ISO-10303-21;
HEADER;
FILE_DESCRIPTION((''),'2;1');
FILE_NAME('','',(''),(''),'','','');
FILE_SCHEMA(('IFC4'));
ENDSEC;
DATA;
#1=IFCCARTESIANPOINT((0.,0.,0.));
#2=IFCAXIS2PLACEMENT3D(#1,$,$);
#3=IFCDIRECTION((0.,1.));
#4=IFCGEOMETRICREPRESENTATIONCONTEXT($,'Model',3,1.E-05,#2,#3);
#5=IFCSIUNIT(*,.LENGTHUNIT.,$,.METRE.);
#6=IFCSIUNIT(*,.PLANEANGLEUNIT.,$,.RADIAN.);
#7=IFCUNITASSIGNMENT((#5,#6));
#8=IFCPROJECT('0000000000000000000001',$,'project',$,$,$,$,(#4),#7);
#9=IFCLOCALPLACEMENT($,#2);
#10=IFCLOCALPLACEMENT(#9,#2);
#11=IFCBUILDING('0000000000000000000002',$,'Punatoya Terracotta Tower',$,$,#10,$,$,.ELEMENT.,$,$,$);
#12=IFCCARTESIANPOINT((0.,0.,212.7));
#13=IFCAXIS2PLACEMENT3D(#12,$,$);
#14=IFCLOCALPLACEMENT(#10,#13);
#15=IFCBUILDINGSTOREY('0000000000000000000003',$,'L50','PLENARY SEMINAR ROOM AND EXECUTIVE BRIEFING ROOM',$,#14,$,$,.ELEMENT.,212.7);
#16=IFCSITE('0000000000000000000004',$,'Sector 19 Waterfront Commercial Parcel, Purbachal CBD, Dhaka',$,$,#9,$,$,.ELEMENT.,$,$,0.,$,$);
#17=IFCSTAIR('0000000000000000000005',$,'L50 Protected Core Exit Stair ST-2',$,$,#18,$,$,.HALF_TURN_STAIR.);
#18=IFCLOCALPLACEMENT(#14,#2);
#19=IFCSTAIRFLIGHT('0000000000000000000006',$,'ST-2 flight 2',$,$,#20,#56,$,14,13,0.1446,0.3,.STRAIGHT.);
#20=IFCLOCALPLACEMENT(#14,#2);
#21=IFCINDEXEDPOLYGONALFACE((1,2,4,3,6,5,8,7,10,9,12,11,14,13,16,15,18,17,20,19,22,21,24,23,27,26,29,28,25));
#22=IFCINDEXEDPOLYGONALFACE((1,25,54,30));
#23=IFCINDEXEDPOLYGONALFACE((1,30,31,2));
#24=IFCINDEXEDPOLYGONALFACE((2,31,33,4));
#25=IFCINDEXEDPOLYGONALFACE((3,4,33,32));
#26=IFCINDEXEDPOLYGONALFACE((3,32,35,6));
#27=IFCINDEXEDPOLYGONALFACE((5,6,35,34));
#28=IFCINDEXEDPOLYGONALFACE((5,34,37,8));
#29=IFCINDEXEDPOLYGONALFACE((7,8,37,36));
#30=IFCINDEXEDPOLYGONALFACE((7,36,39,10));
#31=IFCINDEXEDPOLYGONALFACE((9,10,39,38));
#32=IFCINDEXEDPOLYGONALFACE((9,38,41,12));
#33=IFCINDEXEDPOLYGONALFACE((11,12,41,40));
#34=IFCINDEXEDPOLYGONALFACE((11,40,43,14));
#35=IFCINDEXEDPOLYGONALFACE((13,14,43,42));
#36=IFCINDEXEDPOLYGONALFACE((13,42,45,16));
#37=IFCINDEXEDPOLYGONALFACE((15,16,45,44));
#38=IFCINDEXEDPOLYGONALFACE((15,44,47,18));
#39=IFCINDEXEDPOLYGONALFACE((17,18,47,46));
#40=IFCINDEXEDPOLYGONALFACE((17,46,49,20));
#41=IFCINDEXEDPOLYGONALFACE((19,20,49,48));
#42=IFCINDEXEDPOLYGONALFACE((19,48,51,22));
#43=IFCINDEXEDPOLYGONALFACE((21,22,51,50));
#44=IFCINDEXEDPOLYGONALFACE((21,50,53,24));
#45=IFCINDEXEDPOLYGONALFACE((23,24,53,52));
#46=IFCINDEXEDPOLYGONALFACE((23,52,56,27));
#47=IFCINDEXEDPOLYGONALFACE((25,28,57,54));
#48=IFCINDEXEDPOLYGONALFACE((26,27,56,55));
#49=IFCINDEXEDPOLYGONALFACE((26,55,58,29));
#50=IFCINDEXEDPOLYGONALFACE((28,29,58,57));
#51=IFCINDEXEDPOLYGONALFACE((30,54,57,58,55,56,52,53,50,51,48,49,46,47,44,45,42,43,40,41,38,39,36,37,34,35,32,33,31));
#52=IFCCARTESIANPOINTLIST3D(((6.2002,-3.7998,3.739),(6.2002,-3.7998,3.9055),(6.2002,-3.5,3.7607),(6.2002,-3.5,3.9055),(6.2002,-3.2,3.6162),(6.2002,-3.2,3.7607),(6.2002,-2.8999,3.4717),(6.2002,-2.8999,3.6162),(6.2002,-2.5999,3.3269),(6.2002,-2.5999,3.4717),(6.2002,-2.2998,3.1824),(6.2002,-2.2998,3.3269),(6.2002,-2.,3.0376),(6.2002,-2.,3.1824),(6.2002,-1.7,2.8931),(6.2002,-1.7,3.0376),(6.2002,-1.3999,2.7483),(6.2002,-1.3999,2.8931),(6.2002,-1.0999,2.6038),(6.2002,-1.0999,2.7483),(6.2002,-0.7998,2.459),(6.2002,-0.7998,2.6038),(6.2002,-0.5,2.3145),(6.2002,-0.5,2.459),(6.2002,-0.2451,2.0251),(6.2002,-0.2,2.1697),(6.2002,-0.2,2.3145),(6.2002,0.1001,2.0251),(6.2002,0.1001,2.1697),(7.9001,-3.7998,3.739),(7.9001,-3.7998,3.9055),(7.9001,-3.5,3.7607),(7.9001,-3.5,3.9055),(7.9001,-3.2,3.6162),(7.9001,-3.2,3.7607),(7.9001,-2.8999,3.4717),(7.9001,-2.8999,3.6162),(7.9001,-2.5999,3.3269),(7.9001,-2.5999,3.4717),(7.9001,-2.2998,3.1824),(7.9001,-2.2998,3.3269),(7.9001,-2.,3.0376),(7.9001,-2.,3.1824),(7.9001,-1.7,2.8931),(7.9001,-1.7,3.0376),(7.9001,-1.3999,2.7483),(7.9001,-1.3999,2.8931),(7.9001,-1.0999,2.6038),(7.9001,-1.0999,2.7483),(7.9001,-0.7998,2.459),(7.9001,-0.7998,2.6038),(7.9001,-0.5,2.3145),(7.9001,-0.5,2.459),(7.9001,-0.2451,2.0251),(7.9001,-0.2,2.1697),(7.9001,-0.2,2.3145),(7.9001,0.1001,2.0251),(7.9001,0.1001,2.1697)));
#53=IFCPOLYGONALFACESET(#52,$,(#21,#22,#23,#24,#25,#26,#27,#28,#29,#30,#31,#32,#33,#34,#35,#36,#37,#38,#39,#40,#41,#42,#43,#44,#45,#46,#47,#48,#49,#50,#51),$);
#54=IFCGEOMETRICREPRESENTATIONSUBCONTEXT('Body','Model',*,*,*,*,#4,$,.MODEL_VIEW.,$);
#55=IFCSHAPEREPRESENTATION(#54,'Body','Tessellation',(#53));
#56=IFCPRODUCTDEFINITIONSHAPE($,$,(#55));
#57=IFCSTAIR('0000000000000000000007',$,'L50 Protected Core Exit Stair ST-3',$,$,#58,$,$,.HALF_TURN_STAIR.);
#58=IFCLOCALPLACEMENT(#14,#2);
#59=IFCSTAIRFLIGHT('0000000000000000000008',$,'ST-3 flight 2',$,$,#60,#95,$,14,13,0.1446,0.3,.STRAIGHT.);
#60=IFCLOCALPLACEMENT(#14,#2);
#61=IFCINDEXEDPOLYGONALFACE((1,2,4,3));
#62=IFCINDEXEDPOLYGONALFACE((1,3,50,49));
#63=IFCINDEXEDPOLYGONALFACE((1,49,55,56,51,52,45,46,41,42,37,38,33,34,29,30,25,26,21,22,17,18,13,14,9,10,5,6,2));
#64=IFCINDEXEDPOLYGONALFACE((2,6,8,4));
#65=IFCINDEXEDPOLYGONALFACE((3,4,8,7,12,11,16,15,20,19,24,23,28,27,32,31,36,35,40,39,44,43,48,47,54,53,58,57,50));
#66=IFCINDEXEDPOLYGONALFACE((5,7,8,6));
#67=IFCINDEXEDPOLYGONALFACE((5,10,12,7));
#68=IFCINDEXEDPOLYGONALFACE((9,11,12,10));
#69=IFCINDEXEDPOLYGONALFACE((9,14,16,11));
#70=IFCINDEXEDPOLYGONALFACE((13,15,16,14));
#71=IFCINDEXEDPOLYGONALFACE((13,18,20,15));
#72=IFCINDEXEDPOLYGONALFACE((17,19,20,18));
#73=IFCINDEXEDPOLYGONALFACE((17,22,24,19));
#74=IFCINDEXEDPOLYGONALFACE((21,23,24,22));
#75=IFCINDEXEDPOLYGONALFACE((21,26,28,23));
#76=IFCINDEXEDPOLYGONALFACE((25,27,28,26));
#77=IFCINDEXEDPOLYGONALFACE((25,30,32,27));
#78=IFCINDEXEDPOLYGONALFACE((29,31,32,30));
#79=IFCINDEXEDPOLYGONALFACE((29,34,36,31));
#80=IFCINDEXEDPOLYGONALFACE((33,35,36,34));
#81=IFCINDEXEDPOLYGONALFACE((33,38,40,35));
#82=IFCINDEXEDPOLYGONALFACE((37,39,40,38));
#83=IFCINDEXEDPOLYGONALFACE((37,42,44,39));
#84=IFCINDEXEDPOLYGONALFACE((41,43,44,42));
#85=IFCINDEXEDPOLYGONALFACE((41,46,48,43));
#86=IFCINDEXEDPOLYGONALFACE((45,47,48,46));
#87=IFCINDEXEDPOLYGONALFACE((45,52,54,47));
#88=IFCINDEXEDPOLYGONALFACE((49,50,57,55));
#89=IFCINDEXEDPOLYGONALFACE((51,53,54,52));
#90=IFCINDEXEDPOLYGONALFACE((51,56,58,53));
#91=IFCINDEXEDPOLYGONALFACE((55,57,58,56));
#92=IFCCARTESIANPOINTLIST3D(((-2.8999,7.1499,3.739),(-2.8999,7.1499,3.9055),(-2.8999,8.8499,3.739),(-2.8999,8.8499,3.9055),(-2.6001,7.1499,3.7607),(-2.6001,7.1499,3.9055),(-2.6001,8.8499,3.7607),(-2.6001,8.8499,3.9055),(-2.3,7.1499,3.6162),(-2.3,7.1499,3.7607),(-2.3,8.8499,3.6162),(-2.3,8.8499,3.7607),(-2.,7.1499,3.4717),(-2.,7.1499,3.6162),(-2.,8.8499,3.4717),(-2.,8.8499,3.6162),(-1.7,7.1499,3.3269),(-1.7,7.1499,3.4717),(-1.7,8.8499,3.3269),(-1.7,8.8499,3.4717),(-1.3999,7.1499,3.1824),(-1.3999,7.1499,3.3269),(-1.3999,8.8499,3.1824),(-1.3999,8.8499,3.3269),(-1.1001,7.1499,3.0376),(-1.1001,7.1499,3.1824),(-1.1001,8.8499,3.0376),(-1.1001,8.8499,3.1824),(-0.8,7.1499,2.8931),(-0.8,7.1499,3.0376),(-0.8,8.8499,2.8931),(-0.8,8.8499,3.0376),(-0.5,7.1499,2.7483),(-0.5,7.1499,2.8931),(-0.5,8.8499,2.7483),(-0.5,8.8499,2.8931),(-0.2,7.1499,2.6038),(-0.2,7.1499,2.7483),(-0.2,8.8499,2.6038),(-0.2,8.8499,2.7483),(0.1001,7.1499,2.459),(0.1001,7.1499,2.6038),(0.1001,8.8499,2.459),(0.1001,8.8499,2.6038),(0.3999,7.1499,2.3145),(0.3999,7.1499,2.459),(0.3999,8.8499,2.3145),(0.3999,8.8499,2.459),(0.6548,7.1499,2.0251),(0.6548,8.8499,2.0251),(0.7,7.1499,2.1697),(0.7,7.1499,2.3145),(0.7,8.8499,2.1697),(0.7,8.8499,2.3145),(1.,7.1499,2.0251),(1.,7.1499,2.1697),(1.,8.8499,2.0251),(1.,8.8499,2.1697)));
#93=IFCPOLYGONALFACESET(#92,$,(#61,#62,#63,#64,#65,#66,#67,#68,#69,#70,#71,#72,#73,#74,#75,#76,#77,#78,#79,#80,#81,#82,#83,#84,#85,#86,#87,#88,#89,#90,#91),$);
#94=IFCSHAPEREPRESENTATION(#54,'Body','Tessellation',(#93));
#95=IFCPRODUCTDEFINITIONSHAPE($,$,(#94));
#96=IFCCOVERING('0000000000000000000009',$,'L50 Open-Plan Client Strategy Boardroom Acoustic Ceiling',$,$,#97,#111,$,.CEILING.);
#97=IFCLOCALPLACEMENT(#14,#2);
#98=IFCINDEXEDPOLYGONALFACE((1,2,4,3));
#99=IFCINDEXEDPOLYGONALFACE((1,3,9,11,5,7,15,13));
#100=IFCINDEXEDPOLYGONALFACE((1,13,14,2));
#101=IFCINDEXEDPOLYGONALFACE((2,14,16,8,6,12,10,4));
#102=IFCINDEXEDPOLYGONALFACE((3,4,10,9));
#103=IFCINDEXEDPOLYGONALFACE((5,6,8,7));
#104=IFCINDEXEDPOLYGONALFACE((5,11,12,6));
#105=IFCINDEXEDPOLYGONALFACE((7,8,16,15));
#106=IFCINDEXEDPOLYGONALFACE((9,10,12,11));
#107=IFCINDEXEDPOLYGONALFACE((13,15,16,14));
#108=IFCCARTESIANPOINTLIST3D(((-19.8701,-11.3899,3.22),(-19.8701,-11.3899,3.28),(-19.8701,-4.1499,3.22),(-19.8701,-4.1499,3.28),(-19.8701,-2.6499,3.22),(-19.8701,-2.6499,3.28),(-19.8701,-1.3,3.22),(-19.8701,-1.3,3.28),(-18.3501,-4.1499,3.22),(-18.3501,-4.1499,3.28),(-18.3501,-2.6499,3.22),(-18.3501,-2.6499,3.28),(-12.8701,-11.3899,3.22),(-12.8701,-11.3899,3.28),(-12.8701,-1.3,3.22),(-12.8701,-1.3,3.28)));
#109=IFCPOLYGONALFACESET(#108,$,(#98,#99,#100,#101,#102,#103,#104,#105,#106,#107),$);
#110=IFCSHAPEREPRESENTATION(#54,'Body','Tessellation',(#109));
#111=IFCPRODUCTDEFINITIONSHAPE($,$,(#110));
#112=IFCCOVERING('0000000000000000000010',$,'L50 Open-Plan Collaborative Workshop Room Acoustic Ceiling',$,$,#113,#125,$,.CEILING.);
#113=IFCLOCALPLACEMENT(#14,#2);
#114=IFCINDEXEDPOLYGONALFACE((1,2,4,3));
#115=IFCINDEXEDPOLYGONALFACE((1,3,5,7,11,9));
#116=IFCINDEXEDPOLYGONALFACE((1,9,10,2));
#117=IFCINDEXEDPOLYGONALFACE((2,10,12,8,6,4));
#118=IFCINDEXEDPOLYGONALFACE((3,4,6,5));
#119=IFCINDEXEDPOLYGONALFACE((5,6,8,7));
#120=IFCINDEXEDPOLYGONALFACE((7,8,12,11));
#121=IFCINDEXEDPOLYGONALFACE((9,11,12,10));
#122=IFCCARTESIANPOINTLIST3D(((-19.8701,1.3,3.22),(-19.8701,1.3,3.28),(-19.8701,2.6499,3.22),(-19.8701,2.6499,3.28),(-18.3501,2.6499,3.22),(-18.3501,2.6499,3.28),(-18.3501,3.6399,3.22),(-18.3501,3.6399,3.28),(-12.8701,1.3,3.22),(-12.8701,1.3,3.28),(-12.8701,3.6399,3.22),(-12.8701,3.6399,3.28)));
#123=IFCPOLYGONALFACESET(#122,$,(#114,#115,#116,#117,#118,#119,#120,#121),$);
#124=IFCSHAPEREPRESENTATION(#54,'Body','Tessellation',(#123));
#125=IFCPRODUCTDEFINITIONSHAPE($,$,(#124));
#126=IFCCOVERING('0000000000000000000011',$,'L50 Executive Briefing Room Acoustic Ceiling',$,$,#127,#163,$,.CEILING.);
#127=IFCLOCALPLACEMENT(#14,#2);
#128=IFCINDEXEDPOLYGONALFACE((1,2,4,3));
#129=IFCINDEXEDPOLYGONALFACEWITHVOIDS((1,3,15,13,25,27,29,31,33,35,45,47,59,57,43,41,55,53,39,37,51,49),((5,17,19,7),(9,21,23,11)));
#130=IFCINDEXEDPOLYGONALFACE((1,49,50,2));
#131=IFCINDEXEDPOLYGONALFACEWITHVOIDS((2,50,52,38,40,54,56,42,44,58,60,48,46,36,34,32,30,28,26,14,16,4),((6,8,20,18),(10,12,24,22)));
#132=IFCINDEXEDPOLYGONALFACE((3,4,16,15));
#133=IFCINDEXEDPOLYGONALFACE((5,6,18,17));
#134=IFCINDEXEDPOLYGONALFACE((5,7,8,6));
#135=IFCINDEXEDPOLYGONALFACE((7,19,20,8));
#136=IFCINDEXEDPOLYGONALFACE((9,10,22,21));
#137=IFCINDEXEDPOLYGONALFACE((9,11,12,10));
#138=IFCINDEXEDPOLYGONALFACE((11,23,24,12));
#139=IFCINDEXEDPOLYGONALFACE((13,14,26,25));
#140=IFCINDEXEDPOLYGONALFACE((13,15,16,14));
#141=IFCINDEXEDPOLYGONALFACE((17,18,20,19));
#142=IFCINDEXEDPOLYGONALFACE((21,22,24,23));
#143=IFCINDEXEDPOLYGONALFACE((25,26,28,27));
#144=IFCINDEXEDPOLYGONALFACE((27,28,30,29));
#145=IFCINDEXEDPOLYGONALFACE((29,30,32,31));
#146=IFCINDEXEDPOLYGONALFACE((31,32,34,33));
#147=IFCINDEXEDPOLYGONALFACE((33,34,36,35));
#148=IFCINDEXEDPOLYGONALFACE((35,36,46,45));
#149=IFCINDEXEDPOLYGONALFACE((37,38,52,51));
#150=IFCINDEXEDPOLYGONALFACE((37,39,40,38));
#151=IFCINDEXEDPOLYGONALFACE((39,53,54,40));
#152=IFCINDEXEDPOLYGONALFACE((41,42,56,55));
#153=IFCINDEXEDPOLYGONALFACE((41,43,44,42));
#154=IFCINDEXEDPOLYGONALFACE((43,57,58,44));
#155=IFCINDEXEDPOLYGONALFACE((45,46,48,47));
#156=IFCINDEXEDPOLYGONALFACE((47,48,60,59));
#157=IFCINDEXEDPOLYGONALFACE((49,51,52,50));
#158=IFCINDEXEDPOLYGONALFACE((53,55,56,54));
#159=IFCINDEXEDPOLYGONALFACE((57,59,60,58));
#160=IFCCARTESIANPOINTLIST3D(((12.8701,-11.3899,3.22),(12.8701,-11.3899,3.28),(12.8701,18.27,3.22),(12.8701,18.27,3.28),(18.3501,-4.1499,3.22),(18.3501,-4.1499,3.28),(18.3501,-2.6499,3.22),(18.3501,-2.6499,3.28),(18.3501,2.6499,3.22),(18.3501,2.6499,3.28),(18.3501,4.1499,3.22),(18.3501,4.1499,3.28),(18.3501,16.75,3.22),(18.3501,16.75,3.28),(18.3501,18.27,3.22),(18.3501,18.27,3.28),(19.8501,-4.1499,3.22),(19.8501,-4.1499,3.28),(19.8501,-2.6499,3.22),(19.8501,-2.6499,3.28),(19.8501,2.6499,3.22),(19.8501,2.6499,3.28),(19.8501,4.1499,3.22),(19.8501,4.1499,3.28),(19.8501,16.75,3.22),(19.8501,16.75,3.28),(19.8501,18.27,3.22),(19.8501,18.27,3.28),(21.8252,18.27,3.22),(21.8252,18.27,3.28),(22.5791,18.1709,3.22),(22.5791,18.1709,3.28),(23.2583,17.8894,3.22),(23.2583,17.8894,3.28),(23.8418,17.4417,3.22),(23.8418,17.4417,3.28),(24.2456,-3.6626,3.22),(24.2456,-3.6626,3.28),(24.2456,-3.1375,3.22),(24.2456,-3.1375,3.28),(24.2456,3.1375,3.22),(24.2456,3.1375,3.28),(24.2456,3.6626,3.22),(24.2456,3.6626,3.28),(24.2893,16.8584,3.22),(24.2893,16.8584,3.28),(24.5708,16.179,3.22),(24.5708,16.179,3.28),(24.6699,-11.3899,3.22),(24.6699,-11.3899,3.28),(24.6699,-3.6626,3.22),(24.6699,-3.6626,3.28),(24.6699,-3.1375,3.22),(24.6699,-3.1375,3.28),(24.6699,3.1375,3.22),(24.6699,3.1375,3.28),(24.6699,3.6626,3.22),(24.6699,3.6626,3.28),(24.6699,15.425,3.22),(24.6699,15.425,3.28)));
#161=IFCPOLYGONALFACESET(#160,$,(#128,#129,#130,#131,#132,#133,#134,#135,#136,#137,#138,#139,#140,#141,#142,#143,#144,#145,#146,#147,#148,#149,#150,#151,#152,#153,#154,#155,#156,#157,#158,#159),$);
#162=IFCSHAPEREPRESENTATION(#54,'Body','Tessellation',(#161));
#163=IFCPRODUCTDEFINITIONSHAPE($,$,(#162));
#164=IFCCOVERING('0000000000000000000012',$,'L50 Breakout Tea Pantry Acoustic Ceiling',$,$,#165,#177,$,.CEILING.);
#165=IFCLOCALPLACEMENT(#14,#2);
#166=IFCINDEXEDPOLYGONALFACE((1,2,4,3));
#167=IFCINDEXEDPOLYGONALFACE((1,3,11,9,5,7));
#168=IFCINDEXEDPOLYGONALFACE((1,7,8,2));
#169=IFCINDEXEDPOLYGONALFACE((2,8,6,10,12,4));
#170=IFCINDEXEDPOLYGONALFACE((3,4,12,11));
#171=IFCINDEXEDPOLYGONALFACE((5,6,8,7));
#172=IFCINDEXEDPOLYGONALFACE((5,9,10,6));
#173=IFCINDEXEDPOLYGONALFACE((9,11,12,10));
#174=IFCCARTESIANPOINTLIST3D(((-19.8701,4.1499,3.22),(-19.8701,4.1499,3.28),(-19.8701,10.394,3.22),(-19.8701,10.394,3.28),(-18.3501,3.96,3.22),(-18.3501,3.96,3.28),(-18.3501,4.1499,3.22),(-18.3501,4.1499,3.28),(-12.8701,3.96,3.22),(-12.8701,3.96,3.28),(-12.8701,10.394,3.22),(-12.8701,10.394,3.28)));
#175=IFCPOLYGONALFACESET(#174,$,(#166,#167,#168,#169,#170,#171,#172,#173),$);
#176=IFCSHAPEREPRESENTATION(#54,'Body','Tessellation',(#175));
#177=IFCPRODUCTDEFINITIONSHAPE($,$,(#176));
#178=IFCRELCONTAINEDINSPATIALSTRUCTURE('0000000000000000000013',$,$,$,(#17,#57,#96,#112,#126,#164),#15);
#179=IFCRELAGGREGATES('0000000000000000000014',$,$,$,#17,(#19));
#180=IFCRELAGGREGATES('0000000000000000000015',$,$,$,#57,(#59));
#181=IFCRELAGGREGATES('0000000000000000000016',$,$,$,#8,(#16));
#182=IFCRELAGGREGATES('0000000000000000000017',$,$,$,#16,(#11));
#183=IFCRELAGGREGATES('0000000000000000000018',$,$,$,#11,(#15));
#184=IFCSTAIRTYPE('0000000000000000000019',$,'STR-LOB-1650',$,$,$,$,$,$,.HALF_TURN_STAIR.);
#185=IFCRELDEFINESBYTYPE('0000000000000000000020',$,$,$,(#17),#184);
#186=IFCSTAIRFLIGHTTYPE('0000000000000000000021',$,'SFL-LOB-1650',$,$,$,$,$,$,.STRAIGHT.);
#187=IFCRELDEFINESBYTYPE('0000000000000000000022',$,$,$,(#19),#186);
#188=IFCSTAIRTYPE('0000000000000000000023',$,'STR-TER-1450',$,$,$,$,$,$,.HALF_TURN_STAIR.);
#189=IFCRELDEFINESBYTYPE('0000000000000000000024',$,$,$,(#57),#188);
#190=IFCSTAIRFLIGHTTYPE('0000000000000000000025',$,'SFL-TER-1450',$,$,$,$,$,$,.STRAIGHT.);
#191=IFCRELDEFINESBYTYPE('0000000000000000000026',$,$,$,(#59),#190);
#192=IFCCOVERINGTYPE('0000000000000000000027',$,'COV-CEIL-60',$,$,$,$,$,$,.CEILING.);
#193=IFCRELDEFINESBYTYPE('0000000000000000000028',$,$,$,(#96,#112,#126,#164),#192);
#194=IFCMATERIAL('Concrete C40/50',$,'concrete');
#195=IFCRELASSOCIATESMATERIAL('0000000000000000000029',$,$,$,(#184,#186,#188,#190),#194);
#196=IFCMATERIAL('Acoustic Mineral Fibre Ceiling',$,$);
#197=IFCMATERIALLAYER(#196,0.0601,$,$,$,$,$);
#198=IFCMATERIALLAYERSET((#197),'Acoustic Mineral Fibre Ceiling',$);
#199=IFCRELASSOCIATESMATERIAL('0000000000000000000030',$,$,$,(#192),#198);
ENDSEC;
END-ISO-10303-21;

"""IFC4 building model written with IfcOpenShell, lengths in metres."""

from ifc_helpers import new_model, si_unit, direction, frame, origin, place, context, subcontext, project, spatial, polyline, outline, extrude, material, layer, layer_set, type_object, element, aggregate, save


model = new_model("IFC4")

# Units and contexts
model_context = context("Model", 3, precision=1e-05, world=origin(), true_north=direction((0.0, 1.0)))
body_context = subcontext(model_context, "Body", "Model", "MODEL_VIEW")
ifc_project = project(units=[si_unit("LENGTHUNIT", "METRE"), si_unit("PLANEANGLEUNIT", "RADIAN")], contexts=[model_context])

# Site, building, storey
site_placement = place(None, origin())
site = spatial("IfcSite", under=ifc_project, at=site_placement, Name="Sector 19 Waterfront Commercial Parcel, Purbachal CBD, Dhaka", CompositionType="ELEMENT", RefElevation=0.0)
building_placement = place(site_placement, origin())
building = spatial("IfcBuilding", under=site, at=building_placement, Name="Punatoya Terracotta Tower", CompositionType="ELEMENT")
storey_placement = place(building_placement, frame((0.0, 0.0, 212.7)))
storey = spatial("IfcBuildingStorey", under=building, at=storey_placement, Name="L50", Description="PLENARY SEMINAR ROOM AND EXECUTIVE BRIEFING ROOM", CompositionType="ELEMENT", Elevation=212.7)

# Shared definitions
ifc_material_1 = material(Name="Concrete C40/50", Category="concrete")

# Stairs, stair flights
stair_type_1 = type_object("IfcStairType", Name="STR-LOB-1650", PredefinedType="HALF_TURN_STAIR", material=ifc_material_1)
stair_1_placement = place(storey_placement, origin())
stair_1 = element("IfcStair", 1, at=stair_1_placement, inside=storey, type_object=stair_type_1, Name="L50 Protected Core Exit Stair ST-2", PredefinedType="HALF_TURN_STAIR")
stair_flight_type_1 = type_object("IfcStairFlightType", Name="SFL-LOB-1650", PredefinedType="STRAIGHT", material=ifc_material_1)
stair_flight_1_placement = place(storey_placement, frame((7.05, 0.1001, 2.0251), z_axis=(0.0, 0.0, 1.0), x_axis=(0.0, -1.0, 0.0)))
stair_flight_1 = element("IfcStairFlight", 2, at=stair_flight_1_placement, type_object=stair_flight_type_1, Name="ST-2 flight 2", NumberOfRisers=14, NumberOfTreads=13, PredefinedType="STRAIGHT", RiserHeight=0.1446, TreadLength=0.3, context=body_context, shape_type="SweptSolid", body=[
    extrude(outline(polyline([(0.0, 0.0), (0.0, 0.1445), (0.3, 0.1445), (0.3, 0.2893), (0.6001, 0.2893), (0.6001, 0.4338), (0.8999, 0.4338), (0.8999, 0.5786), (1.2, 0.5786), (1.2, 0.7231), (1.5, 0.7231), (1.5, 0.8679), (1.8, 0.8679), (1.8, 1.0125), (2.1001, 1.0125), (2.1001, 1.1572), (2.3999, 1.1572), (2.3999, 1.3018), (2.7, 1.3018), (2.7, 1.4465), (3.0, 1.4465), (3.0, 1.5911), (3.3, 1.5911), (3.3, 1.7356), (3.6001, 1.7356), (3.6001, 1.8804), (3.8999, 1.8804), (3.8999, 2.0249), (3.8999, 1.7139), (0.3452, 0.0), (0.0, 0.0)])), frame((0.0, 0.8501, 0.0), z_axis=(0.0, -1.0, 0.0), x_axis=(1.0, 0.0, 0.0)), (0.0, 0.0, 1.0), 1.7),
])
aggregate(stair_1, [stair_flight_1])
stair_type_2 = type_object("IfcStairType", Name="STR-TER-1450", PredefinedType="HALF_TURN_STAIR", material=ifc_material_1)
stair_2_placement = place(storey_placement, origin())
stair_2 = element("IfcStair", 3, at=stair_2_placement, inside=storey, type_object=stair_type_2, Name="L50 Protected Core Exit Stair ST-3", PredefinedType="HALF_TURN_STAIR")
stair_flight_type_2 = type_object("IfcStairFlightType", Name="SFL-TER-1450", PredefinedType="STRAIGHT", material=ifc_material_1)
stair_flight_2_placement = place(storey_placement, frame((1.0, 8.0, 2.0251), z_axis=(0.0, 0.0, 1.0), x_axis=(-1.0, 0.0, 0.0)))
stair_flight_2 = element("IfcStairFlight", 4, at=stair_flight_2_placement, type_object=stair_flight_type_2, Name="ST-3 flight 2", NumberOfRisers=14, NumberOfTreads=13, PredefinedType="STRAIGHT", RiserHeight=0.1446, TreadLength=0.3, context=body_context, shape_type="SweptSolid", body=[
    extrude(outline(polyline([(0.0, 0.0), (0.0, 0.1445), (0.3, 0.1445), (0.3, 0.2893), (0.6001, 0.2893), (0.6001, 0.4338), (0.8999, 0.4338), (0.8999, 0.5786), (1.2, 0.5786), (1.2, 0.7231), (1.5, 0.7231), (1.5, 0.8679), (1.8, 0.8679), (1.8, 1.0125), (2.1001, 1.0125), (2.1001, 1.1572), (2.3999, 1.1572), (2.3999, 1.3018), (2.7, 1.3018), (2.7, 1.4465), (3.0, 1.4465), (3.0, 1.5911), (3.3, 1.5911), (3.3, 1.7356), (3.6001, 1.7356), (3.6001, 1.8804), (3.8999, 1.8804), (3.8999, 2.0249), (3.8999, 1.7139), (0.3452, 0.0), (0.0, 0.0)])), frame((0.0, 0.8501, 0.0), z_axis=(0.0, -1.0, 0.0), x_axis=(1.0, 0.0, 0.0)), (0.0, 0.0, 1.0), 1.7),
])
aggregate(stair_2, [stair_flight_2])

# Coverings
ifc_material_2 = material(Name="Acoustic Mineral Fibre Ceiling")
ifc_layer_1 = layer(ifc_material_2, 0.0601)
ifc_layer_set_1 = layer_set([ifc_layer_1], Name="Acoustic Mineral Fibre Ceiling")
covering_type = type_object("IfcCoveringType", Name="COV-CEIL-60", PredefinedType="CEILING", material=ifc_layer_set_1)
covering_1_placement = place(storey_placement, frame((0.0, 0.0, 3.22)))
element("IfcCovering", 5, at=covering_1_placement, inside=storey, type_object=covering_type, Name="L50 Open-Plan Client Strategy Boardroom Acoustic Ceiling", PredefinedType="CEILING", context=body_context, shape_type="SweptSolid", body=[
    extrude(outline(polyline([(-19.8701, -4.1499), (-19.8701, -11.3899), (-12.8701, -11.3899), (-12.8701, -1.3), (-19.8701, -1.3), (-19.8701, -2.6499), (-18.3501, -2.6499), (-18.3501, -4.1499), (-19.8701, -4.1499)])), origin(), (0.0, 0.0, 1.0), 0.0601),
])
covering_2_placement = place(storey_placement, frame((0.0, 0.0, 3.22)))
element("IfcCovering", 6, at=covering_2_placement, inside=storey, type_object=covering_type, Name="L50 Open-Plan Collaborative Workshop Room Acoustic Ceiling", PredefinedType="CEILING", context=body_context, shape_type="SweptSolid", body=[
    extrude(outline(polyline([(-19.8701, 2.6499), (-19.8701, 1.3), (-12.8701, 1.3), (-12.8701, 3.6399), (-18.3501, 3.6399), (-18.3501, 2.6499), (-19.8701, 2.6499)])), origin(), (0.0, 0.0, 1.0), 0.0601),
])
covering_3_placement = place(storey_placement, frame((0.0, 0.0, 3.22)))
element("IfcCovering", 7, at=covering_3_placement, inside=storey, type_object=covering_type, Name="L50 Executive Briefing Room Acoustic Ceiling", PredefinedType="CEILING", context=body_context, shape_type="SweptSolid", body=[
    extrude(outline(polyline([(18.3501, 18.27), (12.8701, 18.27), (12.8701, -11.3899), (24.6699, -11.3899), (24.6699, -3.6626), (24.2456, -3.6626), (24.2456, -3.1375), (24.6699, -3.1375), (24.6699, 3.1375), (24.2456, 3.1375), (24.2456, 3.6626), (24.6699, 3.6626), (24.6699, 15.425), (24.5708, 16.179), (24.2893, 16.8584), (23.8418, 17.4417), (23.2583, 17.8894), (22.5791, 18.1709), (21.8252, 18.27), (19.8501, 18.27), (19.8501, 16.75), (18.3501, 16.75), (18.3501, 18.27)]), holes=[polyline([(18.3501, -4.1499), (18.3501, -2.6499), (19.8501, -2.6499), (19.8501, -4.1499), (18.3501, -4.1499)]), polyline([(18.3501, 4.1499), (19.8501, 4.1499), (19.8501, 2.6499), (18.3501, 2.6499), (18.3501, 4.1499)])]), origin(), (0.0, 0.0, 1.0), 0.0601),
])
covering_4_placement = place(storey_placement, frame((0.0, 0.0, 3.22)))
element("IfcCovering", 8, at=covering_4_placement, inside=storey, type_object=covering_type, Name="L50 Breakout Tea Pantry Acoustic Ceiling", PredefinedType="CEILING", context=body_context, shape_type="SweptSolid", body=[
    extrude(outline(polyline([(-19.8701, 4.1499), (-18.3501, 4.1499), (-18.3501, 3.96), (-12.8701, 3.96), (-12.8701, 10.394), (-19.8701, 10.394), (-19.8701, 4.1499)])), origin(), (0.0, 0.0, 1.0), 0.0601),
])

save(model, "model.ifc")
